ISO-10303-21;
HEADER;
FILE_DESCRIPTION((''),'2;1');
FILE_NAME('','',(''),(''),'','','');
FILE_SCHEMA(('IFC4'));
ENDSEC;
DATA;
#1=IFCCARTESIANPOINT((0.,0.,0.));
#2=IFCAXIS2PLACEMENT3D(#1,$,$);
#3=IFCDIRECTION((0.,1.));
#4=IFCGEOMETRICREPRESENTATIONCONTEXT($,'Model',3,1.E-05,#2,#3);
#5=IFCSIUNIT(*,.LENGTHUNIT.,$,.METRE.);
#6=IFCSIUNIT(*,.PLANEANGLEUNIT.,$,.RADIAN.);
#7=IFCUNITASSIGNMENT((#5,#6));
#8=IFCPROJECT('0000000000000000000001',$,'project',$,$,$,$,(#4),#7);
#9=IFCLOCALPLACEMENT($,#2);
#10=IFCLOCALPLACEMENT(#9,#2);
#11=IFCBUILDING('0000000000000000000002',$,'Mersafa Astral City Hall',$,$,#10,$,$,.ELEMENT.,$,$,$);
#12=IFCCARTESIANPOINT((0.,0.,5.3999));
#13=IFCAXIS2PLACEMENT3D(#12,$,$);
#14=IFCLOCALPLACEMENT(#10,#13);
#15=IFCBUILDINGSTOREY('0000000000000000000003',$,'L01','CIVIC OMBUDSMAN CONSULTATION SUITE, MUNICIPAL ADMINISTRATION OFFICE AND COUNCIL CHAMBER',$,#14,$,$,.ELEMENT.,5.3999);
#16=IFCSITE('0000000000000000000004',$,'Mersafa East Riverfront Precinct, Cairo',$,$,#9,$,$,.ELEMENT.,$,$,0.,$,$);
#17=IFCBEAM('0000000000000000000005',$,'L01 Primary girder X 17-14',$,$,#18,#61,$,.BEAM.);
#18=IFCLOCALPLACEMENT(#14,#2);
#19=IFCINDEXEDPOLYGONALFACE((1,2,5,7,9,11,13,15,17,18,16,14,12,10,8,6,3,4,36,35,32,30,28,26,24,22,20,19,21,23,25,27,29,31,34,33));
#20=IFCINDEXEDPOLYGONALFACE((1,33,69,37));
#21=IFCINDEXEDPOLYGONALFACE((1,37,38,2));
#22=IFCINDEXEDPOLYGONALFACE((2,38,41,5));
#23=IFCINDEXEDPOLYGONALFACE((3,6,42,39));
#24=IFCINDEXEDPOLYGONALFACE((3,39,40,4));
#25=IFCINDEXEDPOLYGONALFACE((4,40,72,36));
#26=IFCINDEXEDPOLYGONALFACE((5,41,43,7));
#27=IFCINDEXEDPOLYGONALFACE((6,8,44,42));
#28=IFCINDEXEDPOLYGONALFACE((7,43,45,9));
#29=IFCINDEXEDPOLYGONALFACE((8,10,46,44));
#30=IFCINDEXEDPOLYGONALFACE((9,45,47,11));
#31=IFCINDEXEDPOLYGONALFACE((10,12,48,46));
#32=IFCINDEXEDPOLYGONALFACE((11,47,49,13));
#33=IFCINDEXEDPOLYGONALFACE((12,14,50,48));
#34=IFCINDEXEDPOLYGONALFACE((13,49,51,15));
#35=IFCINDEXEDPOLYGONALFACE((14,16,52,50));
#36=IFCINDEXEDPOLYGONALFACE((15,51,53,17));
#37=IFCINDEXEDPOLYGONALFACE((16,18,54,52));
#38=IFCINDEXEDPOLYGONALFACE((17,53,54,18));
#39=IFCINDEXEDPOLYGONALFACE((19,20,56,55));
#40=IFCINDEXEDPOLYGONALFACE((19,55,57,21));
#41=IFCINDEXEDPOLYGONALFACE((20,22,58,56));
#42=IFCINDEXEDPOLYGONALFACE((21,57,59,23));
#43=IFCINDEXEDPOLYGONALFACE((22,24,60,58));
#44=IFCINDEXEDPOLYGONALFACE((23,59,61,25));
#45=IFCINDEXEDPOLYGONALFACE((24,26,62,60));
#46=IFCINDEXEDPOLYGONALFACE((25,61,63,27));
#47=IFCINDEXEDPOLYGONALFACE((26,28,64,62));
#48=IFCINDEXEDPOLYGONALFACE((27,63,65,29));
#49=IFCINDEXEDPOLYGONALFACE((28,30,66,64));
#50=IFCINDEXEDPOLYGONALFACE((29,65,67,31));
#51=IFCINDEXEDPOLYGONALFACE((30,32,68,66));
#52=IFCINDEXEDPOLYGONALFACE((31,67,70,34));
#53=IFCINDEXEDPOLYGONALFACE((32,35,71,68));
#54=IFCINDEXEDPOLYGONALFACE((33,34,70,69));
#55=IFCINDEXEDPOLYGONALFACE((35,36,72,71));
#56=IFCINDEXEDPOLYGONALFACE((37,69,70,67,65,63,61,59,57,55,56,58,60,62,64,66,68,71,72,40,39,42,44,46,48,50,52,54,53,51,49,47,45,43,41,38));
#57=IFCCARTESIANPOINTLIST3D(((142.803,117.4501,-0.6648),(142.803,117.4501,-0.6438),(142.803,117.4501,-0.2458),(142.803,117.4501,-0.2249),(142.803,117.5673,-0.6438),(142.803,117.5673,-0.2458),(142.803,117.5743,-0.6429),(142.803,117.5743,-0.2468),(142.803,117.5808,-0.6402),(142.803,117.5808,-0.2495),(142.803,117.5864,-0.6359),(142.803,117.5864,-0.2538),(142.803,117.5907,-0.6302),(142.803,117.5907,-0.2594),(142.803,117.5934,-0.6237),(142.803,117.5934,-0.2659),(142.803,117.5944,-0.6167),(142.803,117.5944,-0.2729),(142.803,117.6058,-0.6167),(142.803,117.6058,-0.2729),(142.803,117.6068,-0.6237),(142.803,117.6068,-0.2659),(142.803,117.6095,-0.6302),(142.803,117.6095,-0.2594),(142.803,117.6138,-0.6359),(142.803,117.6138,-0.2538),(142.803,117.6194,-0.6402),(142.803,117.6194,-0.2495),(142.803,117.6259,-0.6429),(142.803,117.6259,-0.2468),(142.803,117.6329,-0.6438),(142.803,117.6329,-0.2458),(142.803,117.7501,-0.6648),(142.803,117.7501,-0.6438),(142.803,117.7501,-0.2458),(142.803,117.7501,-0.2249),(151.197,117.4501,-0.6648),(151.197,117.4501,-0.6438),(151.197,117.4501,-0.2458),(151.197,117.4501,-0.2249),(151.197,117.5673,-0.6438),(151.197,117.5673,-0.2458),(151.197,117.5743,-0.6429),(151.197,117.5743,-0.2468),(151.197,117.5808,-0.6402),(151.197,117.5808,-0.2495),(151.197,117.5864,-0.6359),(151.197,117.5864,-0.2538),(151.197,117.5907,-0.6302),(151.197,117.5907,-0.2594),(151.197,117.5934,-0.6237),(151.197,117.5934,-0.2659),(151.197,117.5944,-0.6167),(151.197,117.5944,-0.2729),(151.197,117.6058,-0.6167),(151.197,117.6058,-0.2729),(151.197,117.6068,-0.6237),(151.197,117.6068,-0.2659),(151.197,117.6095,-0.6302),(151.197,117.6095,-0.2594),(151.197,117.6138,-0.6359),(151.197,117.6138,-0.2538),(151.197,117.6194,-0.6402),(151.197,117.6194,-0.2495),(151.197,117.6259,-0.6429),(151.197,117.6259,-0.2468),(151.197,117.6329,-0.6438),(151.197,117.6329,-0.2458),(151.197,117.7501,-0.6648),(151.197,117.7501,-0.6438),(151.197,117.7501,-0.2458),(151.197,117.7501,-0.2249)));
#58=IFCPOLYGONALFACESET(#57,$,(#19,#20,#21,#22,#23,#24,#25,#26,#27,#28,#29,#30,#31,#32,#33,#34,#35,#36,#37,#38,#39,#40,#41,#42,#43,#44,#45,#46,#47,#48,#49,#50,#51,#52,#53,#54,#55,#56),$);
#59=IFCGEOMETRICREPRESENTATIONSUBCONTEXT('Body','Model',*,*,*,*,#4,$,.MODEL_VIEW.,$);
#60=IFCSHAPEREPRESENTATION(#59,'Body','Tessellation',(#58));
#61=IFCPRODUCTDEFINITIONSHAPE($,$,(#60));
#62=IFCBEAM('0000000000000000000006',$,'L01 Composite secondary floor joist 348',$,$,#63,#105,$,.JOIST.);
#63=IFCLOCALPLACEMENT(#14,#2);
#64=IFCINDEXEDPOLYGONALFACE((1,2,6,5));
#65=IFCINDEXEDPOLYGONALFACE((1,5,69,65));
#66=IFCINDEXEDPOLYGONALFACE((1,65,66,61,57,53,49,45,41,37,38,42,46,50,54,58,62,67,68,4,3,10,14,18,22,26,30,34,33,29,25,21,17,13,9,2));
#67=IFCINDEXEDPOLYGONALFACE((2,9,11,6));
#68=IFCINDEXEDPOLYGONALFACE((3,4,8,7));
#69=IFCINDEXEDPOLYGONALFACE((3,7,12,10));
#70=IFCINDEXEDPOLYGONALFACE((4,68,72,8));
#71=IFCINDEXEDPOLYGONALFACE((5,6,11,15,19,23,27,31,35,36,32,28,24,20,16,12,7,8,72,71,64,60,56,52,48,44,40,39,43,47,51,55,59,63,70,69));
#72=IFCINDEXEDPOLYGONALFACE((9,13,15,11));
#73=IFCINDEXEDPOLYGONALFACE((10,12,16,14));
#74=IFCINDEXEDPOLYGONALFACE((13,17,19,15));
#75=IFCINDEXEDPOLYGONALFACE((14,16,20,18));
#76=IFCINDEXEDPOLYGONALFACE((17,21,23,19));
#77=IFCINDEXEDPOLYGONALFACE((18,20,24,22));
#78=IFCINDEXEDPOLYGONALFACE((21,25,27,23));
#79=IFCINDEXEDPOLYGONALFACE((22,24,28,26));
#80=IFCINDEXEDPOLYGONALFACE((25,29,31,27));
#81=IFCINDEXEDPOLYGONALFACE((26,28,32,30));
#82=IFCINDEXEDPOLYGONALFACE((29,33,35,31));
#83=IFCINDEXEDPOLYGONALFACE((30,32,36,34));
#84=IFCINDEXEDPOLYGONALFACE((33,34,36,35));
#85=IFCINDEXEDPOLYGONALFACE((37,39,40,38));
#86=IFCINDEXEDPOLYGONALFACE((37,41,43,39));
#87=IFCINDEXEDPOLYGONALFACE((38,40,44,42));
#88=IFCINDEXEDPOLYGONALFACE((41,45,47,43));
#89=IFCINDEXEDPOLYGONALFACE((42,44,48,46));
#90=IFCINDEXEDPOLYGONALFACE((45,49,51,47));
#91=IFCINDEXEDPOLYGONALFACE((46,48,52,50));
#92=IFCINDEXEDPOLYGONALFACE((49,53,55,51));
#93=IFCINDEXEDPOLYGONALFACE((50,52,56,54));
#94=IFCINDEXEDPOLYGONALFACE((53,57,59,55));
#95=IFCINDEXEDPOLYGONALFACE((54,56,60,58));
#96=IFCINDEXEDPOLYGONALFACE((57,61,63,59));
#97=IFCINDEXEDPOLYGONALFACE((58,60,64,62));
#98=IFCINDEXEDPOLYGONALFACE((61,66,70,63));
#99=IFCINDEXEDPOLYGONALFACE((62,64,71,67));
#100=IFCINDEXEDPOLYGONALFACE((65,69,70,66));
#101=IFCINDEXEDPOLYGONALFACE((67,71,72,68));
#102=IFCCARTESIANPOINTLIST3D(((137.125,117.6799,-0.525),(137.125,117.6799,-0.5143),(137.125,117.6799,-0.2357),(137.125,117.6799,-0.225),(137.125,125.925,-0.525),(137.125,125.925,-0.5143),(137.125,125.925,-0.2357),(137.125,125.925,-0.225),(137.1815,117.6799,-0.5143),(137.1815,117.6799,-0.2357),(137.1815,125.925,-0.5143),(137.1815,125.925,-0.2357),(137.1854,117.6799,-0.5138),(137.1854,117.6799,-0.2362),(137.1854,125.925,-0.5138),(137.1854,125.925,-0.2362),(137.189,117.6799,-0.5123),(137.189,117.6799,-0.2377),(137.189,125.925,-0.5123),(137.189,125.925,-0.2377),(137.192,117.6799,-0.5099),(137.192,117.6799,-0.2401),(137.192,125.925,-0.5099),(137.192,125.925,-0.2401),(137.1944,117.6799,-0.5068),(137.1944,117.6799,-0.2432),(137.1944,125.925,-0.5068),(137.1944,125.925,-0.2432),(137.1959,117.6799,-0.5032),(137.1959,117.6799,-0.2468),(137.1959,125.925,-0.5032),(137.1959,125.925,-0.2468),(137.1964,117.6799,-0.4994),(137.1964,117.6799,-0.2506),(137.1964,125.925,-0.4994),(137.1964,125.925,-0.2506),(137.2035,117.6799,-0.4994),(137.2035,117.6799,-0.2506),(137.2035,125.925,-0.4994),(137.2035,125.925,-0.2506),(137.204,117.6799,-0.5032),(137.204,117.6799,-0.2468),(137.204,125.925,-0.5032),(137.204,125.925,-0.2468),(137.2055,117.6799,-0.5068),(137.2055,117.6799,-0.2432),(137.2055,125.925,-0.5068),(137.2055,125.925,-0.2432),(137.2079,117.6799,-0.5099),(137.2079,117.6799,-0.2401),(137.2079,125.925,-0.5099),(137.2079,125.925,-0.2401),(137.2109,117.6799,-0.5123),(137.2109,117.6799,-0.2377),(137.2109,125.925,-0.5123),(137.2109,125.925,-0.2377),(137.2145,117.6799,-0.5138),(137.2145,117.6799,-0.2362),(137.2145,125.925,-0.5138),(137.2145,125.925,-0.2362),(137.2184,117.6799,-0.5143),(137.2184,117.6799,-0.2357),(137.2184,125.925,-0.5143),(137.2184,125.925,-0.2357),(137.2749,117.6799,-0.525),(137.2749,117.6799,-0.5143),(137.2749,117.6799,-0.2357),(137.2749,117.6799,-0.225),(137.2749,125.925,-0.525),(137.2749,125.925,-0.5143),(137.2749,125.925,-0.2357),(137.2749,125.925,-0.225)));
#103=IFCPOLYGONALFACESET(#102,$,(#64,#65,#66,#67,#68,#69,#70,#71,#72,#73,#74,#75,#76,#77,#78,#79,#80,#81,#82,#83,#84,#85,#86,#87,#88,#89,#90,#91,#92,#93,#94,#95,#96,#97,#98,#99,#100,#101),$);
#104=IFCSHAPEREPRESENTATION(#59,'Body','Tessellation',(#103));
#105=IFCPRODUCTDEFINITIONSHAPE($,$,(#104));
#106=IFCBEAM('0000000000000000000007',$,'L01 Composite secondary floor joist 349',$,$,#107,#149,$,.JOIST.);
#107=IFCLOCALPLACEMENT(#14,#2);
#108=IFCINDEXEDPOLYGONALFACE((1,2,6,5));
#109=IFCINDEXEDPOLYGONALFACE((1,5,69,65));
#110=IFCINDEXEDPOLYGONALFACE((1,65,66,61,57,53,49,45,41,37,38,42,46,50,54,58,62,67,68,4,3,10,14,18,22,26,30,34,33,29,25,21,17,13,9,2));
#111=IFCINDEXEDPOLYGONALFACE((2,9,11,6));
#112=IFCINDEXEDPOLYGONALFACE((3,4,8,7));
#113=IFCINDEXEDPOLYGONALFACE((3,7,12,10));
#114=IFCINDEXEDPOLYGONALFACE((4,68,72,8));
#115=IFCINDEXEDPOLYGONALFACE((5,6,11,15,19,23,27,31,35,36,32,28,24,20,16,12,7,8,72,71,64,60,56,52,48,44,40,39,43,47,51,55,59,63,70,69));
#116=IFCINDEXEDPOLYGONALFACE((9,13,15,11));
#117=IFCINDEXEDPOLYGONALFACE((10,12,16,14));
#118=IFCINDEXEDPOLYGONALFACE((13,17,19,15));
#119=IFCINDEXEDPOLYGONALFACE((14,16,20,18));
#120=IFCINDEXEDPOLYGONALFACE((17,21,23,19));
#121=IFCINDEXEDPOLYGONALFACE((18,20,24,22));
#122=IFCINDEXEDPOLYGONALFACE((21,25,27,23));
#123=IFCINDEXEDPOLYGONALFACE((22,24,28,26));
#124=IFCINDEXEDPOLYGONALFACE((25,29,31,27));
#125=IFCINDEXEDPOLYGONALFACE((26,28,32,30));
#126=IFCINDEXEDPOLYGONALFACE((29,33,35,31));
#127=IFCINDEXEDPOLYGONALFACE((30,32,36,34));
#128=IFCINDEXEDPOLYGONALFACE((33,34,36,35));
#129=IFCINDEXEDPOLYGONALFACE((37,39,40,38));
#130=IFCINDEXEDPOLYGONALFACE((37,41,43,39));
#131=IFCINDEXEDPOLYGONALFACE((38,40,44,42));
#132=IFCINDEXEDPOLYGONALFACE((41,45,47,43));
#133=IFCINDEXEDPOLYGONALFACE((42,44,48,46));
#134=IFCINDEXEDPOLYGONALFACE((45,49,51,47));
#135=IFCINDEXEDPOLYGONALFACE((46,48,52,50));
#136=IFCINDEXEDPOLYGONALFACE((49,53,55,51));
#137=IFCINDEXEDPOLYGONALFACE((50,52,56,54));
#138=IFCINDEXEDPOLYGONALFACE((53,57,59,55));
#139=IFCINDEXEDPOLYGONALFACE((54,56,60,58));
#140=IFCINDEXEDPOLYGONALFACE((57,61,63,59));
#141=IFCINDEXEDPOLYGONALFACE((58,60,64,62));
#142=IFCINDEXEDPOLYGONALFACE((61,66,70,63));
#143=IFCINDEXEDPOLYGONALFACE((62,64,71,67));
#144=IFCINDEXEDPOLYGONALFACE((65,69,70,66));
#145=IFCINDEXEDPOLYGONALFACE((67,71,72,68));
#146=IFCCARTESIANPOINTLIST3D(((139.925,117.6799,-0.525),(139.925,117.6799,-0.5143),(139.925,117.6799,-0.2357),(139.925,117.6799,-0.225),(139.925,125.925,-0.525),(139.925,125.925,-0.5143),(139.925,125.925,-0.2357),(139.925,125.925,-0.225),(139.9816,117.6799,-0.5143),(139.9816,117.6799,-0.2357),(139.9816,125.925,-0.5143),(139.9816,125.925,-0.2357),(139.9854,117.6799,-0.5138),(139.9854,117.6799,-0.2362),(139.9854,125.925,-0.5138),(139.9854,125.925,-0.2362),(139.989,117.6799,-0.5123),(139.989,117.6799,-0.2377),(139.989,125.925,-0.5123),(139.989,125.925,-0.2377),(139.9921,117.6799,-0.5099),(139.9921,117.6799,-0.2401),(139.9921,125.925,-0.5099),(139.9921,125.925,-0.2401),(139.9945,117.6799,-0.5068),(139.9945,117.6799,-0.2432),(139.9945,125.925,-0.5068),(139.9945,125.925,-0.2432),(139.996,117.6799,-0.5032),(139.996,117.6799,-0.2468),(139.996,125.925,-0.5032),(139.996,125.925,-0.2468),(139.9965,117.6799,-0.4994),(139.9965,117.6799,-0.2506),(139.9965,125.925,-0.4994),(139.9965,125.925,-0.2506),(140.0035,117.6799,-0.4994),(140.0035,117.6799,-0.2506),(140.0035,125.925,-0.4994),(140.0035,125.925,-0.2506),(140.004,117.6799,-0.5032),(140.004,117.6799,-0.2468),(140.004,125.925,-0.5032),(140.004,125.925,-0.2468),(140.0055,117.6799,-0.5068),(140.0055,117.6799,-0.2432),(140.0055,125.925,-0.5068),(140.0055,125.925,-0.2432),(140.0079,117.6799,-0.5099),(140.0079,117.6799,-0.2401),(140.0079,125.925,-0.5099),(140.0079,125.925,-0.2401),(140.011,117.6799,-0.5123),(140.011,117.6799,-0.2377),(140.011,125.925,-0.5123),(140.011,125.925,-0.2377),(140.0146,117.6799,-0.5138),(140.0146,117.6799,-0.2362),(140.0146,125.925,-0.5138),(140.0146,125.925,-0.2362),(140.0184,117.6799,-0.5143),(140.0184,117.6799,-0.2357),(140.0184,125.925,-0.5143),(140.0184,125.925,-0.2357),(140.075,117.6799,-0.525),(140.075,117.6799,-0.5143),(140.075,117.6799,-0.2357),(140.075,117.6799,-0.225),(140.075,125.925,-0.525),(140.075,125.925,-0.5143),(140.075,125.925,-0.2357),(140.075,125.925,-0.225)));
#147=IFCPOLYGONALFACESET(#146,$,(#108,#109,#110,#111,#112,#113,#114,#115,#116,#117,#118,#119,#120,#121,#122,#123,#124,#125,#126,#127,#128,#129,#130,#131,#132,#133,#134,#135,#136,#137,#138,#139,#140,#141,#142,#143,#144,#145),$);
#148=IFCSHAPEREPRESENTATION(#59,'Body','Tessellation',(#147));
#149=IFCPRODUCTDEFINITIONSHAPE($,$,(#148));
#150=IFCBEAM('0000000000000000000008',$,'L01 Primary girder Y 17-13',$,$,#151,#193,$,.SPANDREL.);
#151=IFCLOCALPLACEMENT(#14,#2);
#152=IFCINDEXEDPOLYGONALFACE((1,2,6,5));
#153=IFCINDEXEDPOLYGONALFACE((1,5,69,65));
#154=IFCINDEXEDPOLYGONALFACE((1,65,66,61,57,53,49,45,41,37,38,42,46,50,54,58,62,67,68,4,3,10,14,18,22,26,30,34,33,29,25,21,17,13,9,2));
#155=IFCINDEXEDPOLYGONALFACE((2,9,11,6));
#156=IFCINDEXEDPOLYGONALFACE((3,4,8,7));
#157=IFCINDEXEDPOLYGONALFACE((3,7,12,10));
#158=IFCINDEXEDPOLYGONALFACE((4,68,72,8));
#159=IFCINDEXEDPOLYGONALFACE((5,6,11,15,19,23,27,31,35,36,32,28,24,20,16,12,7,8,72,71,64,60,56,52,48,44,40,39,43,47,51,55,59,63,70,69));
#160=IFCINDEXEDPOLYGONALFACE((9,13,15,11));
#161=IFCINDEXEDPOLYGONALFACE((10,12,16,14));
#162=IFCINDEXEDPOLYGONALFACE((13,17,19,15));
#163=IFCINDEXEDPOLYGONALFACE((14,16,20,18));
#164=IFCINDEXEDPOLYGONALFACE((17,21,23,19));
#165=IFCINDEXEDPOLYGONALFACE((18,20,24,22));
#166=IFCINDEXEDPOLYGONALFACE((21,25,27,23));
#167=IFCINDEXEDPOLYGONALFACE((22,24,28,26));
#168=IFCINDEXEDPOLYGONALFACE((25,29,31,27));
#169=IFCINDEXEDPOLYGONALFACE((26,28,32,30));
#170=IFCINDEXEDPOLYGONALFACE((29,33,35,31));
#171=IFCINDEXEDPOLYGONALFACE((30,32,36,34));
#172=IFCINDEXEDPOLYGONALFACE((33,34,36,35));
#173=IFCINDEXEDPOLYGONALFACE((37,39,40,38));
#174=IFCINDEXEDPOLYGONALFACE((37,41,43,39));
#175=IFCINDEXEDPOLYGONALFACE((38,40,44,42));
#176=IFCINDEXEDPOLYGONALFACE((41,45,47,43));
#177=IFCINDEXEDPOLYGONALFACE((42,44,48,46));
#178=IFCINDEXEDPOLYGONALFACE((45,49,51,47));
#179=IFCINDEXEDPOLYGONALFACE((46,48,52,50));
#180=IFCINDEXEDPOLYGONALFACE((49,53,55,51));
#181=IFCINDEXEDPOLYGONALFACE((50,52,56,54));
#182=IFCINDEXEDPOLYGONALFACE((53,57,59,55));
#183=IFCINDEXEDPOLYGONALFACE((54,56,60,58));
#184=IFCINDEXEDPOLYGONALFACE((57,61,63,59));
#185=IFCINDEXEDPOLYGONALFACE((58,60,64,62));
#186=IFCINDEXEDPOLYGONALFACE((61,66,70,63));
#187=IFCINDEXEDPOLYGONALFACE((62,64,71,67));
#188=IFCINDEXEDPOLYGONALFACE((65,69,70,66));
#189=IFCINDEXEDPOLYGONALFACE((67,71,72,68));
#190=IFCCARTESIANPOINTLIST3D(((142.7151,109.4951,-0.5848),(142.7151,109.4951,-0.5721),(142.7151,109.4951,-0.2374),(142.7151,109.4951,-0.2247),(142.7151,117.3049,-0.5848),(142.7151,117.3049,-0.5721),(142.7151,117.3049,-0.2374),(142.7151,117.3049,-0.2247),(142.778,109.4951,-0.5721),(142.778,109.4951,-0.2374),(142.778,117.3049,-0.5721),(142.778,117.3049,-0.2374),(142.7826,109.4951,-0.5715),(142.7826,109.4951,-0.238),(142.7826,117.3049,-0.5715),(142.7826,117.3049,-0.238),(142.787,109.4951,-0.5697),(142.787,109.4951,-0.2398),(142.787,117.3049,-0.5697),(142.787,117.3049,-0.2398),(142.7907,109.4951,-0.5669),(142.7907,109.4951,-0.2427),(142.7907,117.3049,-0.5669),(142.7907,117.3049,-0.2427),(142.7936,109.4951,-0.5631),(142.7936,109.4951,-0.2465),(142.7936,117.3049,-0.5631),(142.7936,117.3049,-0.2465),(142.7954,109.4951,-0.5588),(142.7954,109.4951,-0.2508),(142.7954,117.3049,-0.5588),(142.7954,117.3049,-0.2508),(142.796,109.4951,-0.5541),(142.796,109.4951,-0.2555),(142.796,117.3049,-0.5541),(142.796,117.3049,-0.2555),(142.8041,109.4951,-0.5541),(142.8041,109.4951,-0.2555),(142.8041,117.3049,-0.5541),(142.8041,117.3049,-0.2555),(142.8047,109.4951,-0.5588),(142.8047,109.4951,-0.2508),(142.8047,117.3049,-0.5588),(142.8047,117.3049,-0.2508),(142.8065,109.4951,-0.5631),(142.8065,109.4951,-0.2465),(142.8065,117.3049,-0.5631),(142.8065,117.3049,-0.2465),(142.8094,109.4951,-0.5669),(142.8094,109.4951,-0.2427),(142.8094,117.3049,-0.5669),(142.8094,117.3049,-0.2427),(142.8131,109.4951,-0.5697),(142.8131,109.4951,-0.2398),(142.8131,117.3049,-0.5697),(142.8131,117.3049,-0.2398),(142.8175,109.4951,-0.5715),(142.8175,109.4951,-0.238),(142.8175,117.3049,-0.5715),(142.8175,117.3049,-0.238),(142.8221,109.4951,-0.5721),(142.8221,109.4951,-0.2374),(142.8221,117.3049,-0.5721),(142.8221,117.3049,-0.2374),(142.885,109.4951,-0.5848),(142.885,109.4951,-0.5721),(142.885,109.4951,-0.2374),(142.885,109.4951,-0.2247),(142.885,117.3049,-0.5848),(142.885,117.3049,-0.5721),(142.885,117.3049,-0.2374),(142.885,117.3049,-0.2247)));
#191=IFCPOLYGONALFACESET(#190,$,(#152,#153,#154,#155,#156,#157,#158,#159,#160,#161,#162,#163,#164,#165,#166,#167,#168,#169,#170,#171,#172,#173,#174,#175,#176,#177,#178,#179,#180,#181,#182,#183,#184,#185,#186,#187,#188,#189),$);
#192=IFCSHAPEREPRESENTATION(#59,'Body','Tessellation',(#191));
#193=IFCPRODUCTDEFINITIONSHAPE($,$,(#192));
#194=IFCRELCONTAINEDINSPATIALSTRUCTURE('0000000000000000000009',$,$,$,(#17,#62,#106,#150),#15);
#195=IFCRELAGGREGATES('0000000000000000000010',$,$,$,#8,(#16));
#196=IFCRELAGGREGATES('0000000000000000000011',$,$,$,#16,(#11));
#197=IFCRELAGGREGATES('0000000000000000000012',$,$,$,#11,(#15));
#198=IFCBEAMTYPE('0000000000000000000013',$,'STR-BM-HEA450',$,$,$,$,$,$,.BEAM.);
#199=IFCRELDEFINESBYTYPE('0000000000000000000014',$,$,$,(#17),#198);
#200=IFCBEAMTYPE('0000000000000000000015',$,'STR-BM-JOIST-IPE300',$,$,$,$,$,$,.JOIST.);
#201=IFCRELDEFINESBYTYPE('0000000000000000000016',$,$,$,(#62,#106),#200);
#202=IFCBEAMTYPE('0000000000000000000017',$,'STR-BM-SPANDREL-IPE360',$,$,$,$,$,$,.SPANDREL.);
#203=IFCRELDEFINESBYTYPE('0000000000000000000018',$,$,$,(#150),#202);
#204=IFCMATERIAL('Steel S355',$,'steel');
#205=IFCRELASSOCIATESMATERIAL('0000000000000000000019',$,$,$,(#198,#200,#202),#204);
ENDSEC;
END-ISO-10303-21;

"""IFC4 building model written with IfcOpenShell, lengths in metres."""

from ifc_helpers import new_model, si_unit, direction, frame, origin, origin_2d, place, context, subcontext, project, spatial, i_section, extrude, material, material_profile, profile_set, type_object, element, save


model = new_model("IFC4")

# Units and contexts
model_context = context("Model", 3, precision=1e-05, world=origin(), true_north=direction((0.0, 1.0)))
body_context = subcontext(model_context, "Body", "Model", "MODEL_VIEW")
ifc_project = project(units=[si_unit("LENGTHUNIT", "METRE"), si_unit("PLANEANGLEUNIT", "RADIAN")], contexts=[model_context])

# Site, building, storey
site_placement = place(None, origin())
site = spatial("IfcSite", under=ifc_project, at=site_placement, Name="Mersafa East Riverfront Precinct, Cairo", CompositionType="ELEMENT", RefElevation=0.0)
building_placement = place(site_placement, origin())
building = spatial("IfcBuilding", under=site, at=building_placement, Name="Mersafa Astral City Hall", CompositionType="ELEMENT")
storey_placement = place(building_placement, frame((0.0, 0.0, 5.3999)))
storey = spatial("IfcBuildingStorey", under=building, at=storey_placement, Name="L01", Description="CIVIC OMBUDSMAN CONSULTATION SUITE, MUNICIPAL ADMINISTRATION OFFICE AND COUNCIL CHAMBER", CompositionType="ELEMENT", Elevation=5.3999)

# Shared definitions
ifc_material_1 = material(Name="Steel S355", Category="steel")

# Beams
ifc_material_profile_1 = material_profile(ifc_material_1, i_section(OverallWidth=0.3, OverallDepth=0.4399, WebThickness=0.0115, FlangeThickness=0.021, FilletRadius=0.0271, at=origin_2d()), Name="HEA 450")
ifc_profile_set_1 = profile_set([ifc_material_profile_1], Name="Steel S355")
beam_type_1 = type_object("IfcBeamType", Name="STR-BM-HEA450", PredefinedType="BEAM", material=ifc_profile_set_1)
beam_1_placement = place(storey_placement, frame((142.803, 117.6001, -0.4448), z_axis=(1.0, 0.0, 0.0), x_axis=(0.0, 1.0, 0.0)))
element("IfcBeam", 1, at=beam_1_placement, inside=storey, type_object=beam_type_1, Name="L01 Primary girder X 17-14", PredefinedType="BEAM", context=body_context, shape_type="SweptSolid", body=[
    extrude(i_section(OverallWidth=0.3, OverallDepth=0.4399, WebThickness=0.0115, FlangeThickness=0.021, FilletRadius=0.0271, at=origin_2d()), origin(), (0.0, 0.0, 1.0), 8.394),
])
ifc_material_profile_2 = material_profile(ifc_material_1, i_section(OverallWidth=0.1499, OverallDepth=0.3, WebThickness=0.0071, FlangeThickness=0.0107, FilletRadius=0.0149, at=origin_2d()), Name="IPE 300")
ifc_profile_set_2 = profile_set([ifc_material_profile_2], Name="Steel S355")
beam_type_2 = type_object("IfcBeamType", Name="STR-BM-JOIST-IPE300", PredefinedType="JOIST", material=ifc_profile_set_2)
for number, where, z_axis, x_axis, name in (
    (2, (137.2, 117.6799, -0.375), (0.0, 1.0, 0.0), (-1.0, 0.0, 0.0), "L01 Composite secondary floor joist 348"),
    (3, (140.0, 117.6799, -0.375), (0.0, 1.0, 0.0), (-1.0, 0.0, 0.0), "L01 Composite secondary floor joist 349"),
):
    element("IfcBeam", number, at=place(storey_placement, frame(where, z_axis=z_axis, x_axis=x_axis)), inside=storey, type_object=beam_type_2, Name=name, PredefinedType="JOIST", context=body_context, shape_type="SweptSolid", body=[
        extrude(i_section(OverallWidth=0.1499, OverallDepth=0.3, WebThickness=0.0071, FlangeThickness=0.0107, FilletRadius=0.0149, at=origin_2d()), origin(), (0.0, 0.0, 1.0), 8.2451),
    ])
ifc_material_profile_3 = material_profile(ifc_material_1, i_section(OverallWidth=0.1699, OverallDepth=0.3601, WebThickness=0.0081, FlangeThickness=0.0127, FilletRadius=0.0181, at=origin_2d()), Name="IPE 360")
ifc_profile_set_3 = profile_set([ifc_material_profile_3], Name="Steel S355")
beam_type_3 = type_object("IfcBeamType", Name="STR-BM-SPANDREL-IPE360", PredefinedType="SPANDREL", material=ifc_profile_set_3)
beam_2_placement = place(storey_placement, frame((142.8, 109.4951, -0.4048), z_axis=(0.0, 1.0, 0.0), x_axis=(-1.0, 0.0, 0.0)))
element("IfcBeam", 4, at=beam_2_placement, inside=storey, type_object=beam_type_3, Name="L01 Primary girder Y 17-13", PredefinedType="SPANDREL", context=body_context, shape_type="SweptSolid", body=[
    extrude(i_section(OverallWidth=0.1699, OverallDepth=0.3601, WebThickness=0.0081, FlangeThickness=0.0127, FilletRadius=0.0181, at=origin_2d()), origin(), (0.0, 0.0, 1.0), 7.8098),
])

save(model, "model.ifc")
